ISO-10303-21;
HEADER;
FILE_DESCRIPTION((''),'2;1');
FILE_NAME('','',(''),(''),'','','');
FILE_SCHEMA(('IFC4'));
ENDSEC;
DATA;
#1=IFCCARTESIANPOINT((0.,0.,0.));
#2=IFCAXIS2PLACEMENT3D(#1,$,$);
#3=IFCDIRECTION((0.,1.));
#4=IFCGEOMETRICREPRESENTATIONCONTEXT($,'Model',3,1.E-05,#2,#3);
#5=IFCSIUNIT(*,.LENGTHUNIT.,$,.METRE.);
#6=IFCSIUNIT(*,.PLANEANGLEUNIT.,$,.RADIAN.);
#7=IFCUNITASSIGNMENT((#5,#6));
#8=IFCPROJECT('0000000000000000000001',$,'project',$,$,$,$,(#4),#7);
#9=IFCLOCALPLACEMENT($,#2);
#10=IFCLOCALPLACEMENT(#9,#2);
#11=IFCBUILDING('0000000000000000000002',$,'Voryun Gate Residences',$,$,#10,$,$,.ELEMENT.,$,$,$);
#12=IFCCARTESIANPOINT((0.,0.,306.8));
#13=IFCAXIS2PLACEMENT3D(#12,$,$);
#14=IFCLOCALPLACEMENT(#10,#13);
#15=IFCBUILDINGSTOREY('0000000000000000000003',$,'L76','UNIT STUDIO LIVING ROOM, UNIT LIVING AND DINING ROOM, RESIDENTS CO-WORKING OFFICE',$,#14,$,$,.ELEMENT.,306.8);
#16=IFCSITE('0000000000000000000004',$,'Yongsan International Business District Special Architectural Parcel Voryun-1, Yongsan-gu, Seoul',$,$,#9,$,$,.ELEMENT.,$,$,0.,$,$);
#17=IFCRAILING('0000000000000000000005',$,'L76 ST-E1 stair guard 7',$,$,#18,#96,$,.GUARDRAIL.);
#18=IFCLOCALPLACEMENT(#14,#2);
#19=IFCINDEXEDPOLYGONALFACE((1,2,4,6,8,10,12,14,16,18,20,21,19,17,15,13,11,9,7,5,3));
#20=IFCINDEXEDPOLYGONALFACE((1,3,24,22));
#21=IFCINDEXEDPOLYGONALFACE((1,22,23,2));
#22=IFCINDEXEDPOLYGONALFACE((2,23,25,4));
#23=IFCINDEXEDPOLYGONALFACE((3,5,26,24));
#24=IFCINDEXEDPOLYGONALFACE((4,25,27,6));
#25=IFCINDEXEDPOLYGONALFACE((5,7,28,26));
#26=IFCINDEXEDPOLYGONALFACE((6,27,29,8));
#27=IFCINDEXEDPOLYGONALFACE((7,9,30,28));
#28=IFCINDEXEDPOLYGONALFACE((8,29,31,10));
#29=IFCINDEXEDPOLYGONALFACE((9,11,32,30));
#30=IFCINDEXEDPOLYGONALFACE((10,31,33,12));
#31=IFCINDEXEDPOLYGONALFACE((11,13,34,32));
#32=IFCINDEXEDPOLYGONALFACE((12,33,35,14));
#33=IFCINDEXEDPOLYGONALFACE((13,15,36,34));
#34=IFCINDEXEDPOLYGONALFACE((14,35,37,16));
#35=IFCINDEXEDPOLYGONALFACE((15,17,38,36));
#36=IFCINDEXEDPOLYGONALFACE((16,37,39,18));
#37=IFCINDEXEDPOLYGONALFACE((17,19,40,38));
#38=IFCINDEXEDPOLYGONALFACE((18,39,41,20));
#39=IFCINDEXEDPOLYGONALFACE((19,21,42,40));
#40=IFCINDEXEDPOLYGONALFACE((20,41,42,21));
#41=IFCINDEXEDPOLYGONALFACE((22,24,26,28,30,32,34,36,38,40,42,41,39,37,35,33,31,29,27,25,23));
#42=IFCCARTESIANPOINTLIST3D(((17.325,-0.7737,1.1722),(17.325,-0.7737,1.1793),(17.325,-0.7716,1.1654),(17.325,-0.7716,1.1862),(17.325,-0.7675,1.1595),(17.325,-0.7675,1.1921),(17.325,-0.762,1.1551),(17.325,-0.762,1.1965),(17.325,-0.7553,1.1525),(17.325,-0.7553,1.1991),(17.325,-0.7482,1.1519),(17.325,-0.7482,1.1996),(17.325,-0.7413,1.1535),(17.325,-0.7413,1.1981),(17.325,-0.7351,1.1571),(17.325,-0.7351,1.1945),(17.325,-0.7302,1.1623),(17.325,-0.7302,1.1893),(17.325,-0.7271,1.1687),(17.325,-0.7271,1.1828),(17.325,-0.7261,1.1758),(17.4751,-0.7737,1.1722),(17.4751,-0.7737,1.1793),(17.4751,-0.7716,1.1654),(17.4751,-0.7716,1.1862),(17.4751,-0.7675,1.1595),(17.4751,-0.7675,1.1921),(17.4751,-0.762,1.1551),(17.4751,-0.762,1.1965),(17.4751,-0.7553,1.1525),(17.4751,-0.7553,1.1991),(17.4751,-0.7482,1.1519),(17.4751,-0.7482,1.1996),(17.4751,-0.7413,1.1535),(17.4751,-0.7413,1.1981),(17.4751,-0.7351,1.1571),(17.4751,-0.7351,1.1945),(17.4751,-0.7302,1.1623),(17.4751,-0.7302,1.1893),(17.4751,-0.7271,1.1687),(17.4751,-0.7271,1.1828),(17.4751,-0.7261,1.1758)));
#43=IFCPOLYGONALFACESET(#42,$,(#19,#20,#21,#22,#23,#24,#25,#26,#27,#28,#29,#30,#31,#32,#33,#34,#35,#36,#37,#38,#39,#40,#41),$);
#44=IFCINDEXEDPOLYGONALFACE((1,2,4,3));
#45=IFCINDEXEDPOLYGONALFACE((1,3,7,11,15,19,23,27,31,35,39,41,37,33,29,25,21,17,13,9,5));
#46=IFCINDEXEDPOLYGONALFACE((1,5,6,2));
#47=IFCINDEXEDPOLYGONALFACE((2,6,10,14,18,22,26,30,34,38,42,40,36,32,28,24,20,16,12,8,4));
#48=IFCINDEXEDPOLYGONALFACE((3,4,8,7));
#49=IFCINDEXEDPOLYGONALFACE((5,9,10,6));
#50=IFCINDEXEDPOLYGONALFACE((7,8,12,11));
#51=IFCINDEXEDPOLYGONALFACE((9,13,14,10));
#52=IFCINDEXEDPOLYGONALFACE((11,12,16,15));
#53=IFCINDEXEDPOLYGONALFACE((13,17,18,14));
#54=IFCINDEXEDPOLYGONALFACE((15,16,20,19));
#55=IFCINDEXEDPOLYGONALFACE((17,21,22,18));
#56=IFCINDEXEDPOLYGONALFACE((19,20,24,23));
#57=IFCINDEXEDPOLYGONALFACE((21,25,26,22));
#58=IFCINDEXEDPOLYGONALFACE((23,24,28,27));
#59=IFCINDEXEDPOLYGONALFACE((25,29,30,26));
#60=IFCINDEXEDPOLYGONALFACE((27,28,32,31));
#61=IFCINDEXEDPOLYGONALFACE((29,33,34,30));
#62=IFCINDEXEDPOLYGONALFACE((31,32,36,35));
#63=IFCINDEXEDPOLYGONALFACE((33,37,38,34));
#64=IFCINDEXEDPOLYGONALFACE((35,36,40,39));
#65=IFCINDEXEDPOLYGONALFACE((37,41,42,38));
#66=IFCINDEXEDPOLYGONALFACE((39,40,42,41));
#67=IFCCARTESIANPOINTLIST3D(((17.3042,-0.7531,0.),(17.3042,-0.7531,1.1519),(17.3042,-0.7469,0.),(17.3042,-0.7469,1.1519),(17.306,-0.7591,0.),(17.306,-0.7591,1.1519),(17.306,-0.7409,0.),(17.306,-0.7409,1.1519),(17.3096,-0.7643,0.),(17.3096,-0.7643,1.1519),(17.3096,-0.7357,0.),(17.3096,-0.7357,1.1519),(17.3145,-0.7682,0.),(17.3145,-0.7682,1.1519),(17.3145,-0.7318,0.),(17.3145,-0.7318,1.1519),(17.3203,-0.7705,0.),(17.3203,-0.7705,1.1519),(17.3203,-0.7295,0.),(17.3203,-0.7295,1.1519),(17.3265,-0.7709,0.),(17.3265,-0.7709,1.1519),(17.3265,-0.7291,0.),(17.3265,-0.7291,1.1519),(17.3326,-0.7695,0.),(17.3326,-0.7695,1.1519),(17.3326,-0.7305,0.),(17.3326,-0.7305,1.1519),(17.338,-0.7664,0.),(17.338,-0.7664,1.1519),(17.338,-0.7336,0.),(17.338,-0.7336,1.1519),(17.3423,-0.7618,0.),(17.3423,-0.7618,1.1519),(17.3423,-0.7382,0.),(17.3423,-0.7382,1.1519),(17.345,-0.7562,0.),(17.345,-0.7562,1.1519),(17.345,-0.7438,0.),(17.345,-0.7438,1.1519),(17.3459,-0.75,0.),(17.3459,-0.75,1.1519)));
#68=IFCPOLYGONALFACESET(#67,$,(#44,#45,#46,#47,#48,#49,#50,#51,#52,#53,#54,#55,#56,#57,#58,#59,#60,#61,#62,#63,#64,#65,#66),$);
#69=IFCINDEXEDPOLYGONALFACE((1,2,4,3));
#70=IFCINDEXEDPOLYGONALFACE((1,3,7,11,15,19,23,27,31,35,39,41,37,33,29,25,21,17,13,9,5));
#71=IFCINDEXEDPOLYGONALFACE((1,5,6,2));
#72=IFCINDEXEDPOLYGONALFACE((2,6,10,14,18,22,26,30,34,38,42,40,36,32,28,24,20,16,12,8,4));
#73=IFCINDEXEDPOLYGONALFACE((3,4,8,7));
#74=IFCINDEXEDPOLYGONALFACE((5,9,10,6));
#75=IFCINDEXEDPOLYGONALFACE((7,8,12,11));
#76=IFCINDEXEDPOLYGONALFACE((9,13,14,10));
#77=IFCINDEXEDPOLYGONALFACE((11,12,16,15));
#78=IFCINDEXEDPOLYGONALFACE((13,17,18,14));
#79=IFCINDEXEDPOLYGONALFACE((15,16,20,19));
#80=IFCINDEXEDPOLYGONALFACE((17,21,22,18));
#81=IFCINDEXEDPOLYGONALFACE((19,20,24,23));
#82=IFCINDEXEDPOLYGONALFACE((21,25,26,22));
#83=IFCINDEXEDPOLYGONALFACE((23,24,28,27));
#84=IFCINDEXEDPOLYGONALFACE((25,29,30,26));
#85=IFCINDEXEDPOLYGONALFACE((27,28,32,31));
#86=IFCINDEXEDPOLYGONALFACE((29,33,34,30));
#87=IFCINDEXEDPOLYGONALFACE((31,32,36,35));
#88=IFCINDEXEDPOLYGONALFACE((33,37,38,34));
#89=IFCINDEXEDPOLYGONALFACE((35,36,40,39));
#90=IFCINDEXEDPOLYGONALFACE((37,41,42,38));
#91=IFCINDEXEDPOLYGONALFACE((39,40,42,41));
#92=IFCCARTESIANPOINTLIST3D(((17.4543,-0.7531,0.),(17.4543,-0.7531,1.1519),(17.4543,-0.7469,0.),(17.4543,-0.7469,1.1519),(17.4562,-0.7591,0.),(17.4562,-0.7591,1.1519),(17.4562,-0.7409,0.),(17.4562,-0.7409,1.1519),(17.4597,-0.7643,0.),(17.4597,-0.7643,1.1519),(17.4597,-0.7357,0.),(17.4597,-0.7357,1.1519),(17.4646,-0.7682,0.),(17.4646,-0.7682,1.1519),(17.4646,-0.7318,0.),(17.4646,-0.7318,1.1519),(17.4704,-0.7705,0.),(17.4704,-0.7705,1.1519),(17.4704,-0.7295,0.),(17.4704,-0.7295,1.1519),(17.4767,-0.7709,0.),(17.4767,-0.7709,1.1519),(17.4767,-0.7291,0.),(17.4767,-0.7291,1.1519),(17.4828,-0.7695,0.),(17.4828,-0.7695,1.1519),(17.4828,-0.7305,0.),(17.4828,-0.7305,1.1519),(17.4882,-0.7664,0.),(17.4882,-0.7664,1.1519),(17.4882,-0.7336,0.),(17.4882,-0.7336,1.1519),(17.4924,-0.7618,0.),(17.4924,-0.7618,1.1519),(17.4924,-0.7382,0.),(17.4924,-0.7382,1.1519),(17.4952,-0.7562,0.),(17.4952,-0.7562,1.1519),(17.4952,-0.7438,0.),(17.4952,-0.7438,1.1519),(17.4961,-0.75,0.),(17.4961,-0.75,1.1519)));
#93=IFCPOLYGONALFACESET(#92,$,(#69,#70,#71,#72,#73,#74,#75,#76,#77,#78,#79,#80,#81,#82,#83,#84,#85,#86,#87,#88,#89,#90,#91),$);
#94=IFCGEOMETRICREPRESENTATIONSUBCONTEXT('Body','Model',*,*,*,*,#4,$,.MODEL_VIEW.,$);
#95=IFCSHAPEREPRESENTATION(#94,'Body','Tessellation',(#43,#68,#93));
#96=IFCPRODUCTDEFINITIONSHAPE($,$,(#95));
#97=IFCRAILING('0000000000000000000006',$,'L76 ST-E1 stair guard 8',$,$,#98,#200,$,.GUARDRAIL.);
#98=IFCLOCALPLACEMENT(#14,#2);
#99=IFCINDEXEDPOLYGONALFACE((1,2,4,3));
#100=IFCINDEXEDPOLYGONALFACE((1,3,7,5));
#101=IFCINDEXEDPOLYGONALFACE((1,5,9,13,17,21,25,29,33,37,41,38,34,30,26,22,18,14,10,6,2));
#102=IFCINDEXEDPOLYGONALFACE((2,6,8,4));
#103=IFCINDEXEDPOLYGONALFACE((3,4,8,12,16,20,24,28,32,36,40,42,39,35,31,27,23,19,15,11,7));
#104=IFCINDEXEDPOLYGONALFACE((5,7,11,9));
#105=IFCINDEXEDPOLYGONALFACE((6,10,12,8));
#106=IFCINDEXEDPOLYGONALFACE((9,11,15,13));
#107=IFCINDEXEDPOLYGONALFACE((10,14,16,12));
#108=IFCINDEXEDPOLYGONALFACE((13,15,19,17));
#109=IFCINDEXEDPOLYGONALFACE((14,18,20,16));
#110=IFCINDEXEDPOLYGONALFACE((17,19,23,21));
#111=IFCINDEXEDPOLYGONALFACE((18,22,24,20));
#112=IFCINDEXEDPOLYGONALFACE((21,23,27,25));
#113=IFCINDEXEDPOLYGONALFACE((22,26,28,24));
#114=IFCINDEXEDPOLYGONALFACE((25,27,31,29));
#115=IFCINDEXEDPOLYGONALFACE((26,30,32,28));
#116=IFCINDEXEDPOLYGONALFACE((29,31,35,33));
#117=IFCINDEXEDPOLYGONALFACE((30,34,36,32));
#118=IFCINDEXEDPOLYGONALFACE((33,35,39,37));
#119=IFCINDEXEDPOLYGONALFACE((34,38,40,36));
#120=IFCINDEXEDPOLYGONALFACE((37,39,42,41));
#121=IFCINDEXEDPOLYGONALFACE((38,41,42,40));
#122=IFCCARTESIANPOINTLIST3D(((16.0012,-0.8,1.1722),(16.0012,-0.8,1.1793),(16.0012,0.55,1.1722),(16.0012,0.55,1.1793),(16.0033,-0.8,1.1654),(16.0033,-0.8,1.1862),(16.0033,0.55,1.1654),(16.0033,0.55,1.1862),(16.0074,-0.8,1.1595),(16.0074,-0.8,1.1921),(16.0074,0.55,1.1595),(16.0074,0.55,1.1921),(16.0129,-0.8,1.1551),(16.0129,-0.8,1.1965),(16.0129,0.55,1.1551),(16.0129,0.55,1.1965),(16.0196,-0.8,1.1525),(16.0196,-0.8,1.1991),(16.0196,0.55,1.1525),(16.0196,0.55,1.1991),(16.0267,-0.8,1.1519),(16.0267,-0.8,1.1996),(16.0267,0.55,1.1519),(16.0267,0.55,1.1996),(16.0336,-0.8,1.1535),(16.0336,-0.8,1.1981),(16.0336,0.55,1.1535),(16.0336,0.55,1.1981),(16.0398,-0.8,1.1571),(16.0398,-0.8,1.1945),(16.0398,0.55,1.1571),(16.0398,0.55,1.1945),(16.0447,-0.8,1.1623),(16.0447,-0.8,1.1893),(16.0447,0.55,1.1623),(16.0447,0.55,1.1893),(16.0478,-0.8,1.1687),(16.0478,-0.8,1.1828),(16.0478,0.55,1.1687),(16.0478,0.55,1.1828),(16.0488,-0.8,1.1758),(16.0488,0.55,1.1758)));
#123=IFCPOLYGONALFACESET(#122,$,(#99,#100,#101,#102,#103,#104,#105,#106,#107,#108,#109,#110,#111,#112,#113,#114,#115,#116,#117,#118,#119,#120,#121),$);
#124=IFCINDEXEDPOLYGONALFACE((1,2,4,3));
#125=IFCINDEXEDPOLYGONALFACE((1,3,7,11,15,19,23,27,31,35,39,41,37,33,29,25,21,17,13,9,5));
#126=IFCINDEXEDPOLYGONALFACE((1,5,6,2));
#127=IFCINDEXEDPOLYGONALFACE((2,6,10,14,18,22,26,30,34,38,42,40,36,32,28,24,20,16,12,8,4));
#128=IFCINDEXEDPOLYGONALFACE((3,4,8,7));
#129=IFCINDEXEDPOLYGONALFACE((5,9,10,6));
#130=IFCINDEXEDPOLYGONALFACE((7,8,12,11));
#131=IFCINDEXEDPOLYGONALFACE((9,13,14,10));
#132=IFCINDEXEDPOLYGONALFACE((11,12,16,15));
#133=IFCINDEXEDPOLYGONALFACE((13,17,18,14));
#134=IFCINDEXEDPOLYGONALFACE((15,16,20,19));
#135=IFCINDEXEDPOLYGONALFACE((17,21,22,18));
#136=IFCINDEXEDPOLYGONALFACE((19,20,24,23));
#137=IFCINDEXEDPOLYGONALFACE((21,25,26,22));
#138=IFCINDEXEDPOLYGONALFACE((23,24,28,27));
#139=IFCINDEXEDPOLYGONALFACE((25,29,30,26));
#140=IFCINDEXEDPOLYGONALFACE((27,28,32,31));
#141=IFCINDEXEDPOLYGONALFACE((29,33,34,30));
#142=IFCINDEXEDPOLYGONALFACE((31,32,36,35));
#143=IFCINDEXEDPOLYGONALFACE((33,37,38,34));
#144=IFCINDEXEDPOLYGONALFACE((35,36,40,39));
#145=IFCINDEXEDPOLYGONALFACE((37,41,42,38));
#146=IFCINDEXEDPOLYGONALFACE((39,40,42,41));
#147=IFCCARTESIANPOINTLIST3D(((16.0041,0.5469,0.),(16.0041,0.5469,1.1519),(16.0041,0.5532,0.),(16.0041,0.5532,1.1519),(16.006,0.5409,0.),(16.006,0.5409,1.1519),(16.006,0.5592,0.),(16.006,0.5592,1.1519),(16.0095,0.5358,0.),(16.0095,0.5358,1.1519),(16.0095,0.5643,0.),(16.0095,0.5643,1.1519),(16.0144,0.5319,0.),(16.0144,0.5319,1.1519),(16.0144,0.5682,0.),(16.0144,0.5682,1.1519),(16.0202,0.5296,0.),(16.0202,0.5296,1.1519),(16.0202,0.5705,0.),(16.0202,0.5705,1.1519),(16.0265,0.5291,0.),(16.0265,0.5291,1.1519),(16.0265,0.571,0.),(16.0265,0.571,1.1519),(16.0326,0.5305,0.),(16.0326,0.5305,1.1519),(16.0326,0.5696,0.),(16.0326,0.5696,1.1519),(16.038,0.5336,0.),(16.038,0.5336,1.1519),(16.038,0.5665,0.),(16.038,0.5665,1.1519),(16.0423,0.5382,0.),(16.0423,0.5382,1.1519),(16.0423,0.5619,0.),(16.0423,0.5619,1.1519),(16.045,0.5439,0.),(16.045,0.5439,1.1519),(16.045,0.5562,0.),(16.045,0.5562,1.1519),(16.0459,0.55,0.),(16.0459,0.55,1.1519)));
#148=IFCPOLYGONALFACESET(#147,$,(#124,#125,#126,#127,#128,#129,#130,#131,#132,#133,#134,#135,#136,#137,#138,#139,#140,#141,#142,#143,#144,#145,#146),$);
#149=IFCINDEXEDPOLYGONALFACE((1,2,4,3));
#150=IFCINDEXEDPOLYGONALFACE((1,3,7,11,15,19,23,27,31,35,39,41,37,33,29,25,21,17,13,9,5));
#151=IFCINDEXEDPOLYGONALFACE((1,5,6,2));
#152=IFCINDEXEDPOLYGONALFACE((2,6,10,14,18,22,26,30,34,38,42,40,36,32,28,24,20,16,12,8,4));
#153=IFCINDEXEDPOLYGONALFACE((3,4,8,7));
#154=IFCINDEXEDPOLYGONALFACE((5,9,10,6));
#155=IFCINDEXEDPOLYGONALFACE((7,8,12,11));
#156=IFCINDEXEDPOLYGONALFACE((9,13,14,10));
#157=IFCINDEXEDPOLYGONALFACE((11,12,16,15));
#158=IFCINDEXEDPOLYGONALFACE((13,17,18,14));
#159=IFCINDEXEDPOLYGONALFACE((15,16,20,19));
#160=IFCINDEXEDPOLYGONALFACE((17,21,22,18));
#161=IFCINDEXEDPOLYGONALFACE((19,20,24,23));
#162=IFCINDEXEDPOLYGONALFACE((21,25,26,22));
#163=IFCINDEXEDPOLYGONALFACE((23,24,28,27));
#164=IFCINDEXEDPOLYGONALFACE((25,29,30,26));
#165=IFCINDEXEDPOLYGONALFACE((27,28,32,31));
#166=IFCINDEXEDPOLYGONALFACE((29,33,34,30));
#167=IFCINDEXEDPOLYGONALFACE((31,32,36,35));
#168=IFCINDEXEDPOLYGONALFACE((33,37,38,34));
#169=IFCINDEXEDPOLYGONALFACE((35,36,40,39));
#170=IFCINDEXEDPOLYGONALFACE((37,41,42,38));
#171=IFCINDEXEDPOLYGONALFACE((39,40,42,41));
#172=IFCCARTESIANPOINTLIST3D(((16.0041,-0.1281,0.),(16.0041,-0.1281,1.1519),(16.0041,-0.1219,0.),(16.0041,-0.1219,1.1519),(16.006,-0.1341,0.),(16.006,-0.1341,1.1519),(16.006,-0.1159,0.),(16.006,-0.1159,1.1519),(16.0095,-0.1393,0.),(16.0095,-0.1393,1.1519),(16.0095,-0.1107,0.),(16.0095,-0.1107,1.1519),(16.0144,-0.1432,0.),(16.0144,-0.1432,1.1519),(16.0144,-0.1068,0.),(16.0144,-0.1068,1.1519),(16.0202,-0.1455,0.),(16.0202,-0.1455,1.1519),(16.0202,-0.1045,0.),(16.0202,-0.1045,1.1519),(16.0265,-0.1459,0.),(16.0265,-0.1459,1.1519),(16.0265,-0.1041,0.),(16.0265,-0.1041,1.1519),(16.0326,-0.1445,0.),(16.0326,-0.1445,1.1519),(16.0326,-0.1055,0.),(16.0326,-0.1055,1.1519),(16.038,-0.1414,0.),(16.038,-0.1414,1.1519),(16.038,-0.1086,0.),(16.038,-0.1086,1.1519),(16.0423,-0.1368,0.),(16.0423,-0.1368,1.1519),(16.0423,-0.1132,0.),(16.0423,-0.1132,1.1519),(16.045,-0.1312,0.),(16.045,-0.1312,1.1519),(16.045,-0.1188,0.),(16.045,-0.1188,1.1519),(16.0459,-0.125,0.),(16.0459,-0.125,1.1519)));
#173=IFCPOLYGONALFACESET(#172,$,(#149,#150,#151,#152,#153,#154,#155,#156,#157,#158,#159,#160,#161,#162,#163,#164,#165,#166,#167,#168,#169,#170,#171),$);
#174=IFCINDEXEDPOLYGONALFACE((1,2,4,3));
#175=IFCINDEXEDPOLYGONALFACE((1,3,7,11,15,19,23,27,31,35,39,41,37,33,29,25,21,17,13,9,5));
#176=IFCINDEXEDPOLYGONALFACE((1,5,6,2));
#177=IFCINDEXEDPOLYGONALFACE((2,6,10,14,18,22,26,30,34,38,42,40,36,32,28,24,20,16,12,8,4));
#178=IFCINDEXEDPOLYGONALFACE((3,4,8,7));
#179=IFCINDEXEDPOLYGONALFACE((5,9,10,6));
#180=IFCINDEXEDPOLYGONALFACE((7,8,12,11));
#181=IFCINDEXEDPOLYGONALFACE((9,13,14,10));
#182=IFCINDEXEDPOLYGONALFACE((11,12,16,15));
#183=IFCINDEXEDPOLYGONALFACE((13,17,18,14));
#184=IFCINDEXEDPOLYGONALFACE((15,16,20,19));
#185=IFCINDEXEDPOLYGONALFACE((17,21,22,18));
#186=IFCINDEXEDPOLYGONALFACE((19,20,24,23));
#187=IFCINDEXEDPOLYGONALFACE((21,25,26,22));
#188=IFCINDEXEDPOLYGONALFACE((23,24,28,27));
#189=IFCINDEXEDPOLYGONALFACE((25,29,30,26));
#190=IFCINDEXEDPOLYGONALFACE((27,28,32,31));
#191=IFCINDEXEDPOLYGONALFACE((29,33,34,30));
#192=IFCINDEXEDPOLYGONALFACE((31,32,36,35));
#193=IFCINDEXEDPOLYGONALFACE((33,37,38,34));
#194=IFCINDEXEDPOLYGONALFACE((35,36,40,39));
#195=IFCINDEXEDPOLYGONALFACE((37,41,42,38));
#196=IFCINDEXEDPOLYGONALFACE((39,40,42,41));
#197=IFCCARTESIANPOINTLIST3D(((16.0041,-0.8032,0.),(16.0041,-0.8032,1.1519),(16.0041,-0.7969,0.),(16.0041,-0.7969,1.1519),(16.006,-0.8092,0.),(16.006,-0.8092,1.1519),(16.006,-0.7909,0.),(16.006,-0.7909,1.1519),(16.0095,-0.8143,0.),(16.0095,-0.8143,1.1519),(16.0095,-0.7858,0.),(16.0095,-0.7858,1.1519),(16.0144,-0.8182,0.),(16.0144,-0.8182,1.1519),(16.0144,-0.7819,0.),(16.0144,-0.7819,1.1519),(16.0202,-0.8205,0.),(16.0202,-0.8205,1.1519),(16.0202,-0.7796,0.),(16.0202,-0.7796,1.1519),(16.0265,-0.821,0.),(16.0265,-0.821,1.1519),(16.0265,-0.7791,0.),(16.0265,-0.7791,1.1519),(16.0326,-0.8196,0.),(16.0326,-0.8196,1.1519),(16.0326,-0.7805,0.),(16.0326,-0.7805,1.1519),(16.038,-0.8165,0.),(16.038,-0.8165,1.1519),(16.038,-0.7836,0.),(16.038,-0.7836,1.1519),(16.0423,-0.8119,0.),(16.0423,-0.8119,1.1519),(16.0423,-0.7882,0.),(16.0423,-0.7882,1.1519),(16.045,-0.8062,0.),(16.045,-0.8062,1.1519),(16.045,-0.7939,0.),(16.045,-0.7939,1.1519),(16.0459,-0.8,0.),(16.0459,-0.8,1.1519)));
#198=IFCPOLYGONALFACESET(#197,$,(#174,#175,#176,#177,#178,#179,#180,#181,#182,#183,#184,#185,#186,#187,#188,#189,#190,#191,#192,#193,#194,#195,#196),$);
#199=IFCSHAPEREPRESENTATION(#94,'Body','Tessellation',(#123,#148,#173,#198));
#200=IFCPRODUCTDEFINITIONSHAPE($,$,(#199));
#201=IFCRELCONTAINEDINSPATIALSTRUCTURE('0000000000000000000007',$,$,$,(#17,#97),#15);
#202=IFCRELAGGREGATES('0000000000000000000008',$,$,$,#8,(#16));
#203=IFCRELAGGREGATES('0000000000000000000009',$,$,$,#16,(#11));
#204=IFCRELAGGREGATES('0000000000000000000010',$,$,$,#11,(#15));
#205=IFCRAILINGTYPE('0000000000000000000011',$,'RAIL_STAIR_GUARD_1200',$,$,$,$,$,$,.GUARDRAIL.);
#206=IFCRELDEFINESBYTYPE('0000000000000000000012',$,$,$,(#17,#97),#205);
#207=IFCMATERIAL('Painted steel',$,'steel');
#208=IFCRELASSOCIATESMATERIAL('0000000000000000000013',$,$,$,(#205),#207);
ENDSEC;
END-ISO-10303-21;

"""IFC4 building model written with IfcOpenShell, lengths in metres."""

from ifc_helpers import new_model, si_unit, direction, frame, origin, origin_2d, place, context, subcontext, project, spatial, circle, extrude, material, type_object, element, save


model = new_model("IFC4")

# Units and contexts
model_context = context("Model", 3, precision=1e-05, world=origin(), true_north=direction((0.0, 1.0)))
body_context = subcontext(model_context, "Body", "Model", "MODEL_VIEW")
ifc_project = project(units=[si_unit("LENGTHUNIT", "METRE"), si_unit("PLANEANGLEUNIT", "RADIAN")], contexts=[model_context])

# Site, building, storey
site_placement = place(None, origin())
site = spatial("IfcSite", under=ifc_project, at=site_placement, Name="Yongsan International Business District Special Architectural Parcel Voryun-1, Yongsan-gu, Seoul", CompositionType="ELEMENT", RefElevation=0.0)
building_placement = place(site_placement, origin())
building = spatial("IfcBuilding", under=site, at=building_placement, Name="Voryun Gate Residences", CompositionType="ELEMENT")
storey_placement = place(building_placement, frame((0.0, 0.0, 306.8)))
storey = spatial("IfcBuildingStorey", under=building, at=storey_placement, Name="L76", Description="UNIT STUDIO LIVING ROOM, UNIT LIVING AND DINING ROOM, RESIDENTS CO-WORKING OFFICE", CompositionType="ELEMENT", Elevation=306.8)

# Railings
ifc_material_1 = material(Name="Painted steel", Category="steel")
railing_type = type_object("IfcRailingType", Name="RAIL_STAIR_GUARD_1200", PredefinedType="GUARDRAIL", material=ifc_material_1)
railing_placement = place(storey_placement, frame((17.325, -0.75, 0.0)))
element("IfcRailing", 1, at=railing_placement, inside=storey, type_object=railing_type, Name="L76 ST-E1 stair guard 7", PredefinedType="GUARDRAIL", context=body_context, shape_type="SweptSolid", body=[
    extrude(circle(Radius=0.0239, at=origin_2d()), frame((0.0, 0.0, 1.1758), z_axis=(1.0, 0.0, 0.0), x_axis=(0.0, 1.0, 0.0)), (0.0, 0.0, 1.0), 0.1501),
    extrude(circle(Radius=0.021, at=origin_2d()), origin(), (0.0, 0.0, 1.0), 1.1519),
    extrude(circle(Radius=0.021, at=origin_2d()), frame((0.1501, 0.0, 0.0)), (0.0, 0.0, 1.0), 1.1519),
])
for number, where, name in (
    (2, (16.0249, 0.55, 0.0), "L76 ST-E1 stair guard 8"),
):
    element("IfcRailing", number, at=place(storey_placement, frame(where)), inside=storey, type_object=railing_type, Name=name, PredefinedType="GUARDRAIL", context=body_context, shape_type="SweptSolid", body=[
        extrude(circle(Radius=0.0239, at=origin_2d()), frame((0.0, 0.0, 1.1758), z_axis=(0.0, -1.0, 0.0), x_axis=(1.0, 0.0, 0.0)), (0.0, 0.0, 1.0), 1.3501),
        extrude(circle(Radius=0.021, at=origin_2d()), origin(), (0.0, 0.0, 1.0), 1.1519),
        extrude(circle(Radius=0.021, at=origin_2d()), frame((0.0, -0.675, 0.0)), (0.0, 0.0, 1.0), 1.1519),
        extrude(circle(Radius=0.021, at=origin_2d()), frame((0.0, -1.3501, 0.0)), (0.0, 0.0, 1.0), 1.1519),
    ])

save(model, "model.ifc")
